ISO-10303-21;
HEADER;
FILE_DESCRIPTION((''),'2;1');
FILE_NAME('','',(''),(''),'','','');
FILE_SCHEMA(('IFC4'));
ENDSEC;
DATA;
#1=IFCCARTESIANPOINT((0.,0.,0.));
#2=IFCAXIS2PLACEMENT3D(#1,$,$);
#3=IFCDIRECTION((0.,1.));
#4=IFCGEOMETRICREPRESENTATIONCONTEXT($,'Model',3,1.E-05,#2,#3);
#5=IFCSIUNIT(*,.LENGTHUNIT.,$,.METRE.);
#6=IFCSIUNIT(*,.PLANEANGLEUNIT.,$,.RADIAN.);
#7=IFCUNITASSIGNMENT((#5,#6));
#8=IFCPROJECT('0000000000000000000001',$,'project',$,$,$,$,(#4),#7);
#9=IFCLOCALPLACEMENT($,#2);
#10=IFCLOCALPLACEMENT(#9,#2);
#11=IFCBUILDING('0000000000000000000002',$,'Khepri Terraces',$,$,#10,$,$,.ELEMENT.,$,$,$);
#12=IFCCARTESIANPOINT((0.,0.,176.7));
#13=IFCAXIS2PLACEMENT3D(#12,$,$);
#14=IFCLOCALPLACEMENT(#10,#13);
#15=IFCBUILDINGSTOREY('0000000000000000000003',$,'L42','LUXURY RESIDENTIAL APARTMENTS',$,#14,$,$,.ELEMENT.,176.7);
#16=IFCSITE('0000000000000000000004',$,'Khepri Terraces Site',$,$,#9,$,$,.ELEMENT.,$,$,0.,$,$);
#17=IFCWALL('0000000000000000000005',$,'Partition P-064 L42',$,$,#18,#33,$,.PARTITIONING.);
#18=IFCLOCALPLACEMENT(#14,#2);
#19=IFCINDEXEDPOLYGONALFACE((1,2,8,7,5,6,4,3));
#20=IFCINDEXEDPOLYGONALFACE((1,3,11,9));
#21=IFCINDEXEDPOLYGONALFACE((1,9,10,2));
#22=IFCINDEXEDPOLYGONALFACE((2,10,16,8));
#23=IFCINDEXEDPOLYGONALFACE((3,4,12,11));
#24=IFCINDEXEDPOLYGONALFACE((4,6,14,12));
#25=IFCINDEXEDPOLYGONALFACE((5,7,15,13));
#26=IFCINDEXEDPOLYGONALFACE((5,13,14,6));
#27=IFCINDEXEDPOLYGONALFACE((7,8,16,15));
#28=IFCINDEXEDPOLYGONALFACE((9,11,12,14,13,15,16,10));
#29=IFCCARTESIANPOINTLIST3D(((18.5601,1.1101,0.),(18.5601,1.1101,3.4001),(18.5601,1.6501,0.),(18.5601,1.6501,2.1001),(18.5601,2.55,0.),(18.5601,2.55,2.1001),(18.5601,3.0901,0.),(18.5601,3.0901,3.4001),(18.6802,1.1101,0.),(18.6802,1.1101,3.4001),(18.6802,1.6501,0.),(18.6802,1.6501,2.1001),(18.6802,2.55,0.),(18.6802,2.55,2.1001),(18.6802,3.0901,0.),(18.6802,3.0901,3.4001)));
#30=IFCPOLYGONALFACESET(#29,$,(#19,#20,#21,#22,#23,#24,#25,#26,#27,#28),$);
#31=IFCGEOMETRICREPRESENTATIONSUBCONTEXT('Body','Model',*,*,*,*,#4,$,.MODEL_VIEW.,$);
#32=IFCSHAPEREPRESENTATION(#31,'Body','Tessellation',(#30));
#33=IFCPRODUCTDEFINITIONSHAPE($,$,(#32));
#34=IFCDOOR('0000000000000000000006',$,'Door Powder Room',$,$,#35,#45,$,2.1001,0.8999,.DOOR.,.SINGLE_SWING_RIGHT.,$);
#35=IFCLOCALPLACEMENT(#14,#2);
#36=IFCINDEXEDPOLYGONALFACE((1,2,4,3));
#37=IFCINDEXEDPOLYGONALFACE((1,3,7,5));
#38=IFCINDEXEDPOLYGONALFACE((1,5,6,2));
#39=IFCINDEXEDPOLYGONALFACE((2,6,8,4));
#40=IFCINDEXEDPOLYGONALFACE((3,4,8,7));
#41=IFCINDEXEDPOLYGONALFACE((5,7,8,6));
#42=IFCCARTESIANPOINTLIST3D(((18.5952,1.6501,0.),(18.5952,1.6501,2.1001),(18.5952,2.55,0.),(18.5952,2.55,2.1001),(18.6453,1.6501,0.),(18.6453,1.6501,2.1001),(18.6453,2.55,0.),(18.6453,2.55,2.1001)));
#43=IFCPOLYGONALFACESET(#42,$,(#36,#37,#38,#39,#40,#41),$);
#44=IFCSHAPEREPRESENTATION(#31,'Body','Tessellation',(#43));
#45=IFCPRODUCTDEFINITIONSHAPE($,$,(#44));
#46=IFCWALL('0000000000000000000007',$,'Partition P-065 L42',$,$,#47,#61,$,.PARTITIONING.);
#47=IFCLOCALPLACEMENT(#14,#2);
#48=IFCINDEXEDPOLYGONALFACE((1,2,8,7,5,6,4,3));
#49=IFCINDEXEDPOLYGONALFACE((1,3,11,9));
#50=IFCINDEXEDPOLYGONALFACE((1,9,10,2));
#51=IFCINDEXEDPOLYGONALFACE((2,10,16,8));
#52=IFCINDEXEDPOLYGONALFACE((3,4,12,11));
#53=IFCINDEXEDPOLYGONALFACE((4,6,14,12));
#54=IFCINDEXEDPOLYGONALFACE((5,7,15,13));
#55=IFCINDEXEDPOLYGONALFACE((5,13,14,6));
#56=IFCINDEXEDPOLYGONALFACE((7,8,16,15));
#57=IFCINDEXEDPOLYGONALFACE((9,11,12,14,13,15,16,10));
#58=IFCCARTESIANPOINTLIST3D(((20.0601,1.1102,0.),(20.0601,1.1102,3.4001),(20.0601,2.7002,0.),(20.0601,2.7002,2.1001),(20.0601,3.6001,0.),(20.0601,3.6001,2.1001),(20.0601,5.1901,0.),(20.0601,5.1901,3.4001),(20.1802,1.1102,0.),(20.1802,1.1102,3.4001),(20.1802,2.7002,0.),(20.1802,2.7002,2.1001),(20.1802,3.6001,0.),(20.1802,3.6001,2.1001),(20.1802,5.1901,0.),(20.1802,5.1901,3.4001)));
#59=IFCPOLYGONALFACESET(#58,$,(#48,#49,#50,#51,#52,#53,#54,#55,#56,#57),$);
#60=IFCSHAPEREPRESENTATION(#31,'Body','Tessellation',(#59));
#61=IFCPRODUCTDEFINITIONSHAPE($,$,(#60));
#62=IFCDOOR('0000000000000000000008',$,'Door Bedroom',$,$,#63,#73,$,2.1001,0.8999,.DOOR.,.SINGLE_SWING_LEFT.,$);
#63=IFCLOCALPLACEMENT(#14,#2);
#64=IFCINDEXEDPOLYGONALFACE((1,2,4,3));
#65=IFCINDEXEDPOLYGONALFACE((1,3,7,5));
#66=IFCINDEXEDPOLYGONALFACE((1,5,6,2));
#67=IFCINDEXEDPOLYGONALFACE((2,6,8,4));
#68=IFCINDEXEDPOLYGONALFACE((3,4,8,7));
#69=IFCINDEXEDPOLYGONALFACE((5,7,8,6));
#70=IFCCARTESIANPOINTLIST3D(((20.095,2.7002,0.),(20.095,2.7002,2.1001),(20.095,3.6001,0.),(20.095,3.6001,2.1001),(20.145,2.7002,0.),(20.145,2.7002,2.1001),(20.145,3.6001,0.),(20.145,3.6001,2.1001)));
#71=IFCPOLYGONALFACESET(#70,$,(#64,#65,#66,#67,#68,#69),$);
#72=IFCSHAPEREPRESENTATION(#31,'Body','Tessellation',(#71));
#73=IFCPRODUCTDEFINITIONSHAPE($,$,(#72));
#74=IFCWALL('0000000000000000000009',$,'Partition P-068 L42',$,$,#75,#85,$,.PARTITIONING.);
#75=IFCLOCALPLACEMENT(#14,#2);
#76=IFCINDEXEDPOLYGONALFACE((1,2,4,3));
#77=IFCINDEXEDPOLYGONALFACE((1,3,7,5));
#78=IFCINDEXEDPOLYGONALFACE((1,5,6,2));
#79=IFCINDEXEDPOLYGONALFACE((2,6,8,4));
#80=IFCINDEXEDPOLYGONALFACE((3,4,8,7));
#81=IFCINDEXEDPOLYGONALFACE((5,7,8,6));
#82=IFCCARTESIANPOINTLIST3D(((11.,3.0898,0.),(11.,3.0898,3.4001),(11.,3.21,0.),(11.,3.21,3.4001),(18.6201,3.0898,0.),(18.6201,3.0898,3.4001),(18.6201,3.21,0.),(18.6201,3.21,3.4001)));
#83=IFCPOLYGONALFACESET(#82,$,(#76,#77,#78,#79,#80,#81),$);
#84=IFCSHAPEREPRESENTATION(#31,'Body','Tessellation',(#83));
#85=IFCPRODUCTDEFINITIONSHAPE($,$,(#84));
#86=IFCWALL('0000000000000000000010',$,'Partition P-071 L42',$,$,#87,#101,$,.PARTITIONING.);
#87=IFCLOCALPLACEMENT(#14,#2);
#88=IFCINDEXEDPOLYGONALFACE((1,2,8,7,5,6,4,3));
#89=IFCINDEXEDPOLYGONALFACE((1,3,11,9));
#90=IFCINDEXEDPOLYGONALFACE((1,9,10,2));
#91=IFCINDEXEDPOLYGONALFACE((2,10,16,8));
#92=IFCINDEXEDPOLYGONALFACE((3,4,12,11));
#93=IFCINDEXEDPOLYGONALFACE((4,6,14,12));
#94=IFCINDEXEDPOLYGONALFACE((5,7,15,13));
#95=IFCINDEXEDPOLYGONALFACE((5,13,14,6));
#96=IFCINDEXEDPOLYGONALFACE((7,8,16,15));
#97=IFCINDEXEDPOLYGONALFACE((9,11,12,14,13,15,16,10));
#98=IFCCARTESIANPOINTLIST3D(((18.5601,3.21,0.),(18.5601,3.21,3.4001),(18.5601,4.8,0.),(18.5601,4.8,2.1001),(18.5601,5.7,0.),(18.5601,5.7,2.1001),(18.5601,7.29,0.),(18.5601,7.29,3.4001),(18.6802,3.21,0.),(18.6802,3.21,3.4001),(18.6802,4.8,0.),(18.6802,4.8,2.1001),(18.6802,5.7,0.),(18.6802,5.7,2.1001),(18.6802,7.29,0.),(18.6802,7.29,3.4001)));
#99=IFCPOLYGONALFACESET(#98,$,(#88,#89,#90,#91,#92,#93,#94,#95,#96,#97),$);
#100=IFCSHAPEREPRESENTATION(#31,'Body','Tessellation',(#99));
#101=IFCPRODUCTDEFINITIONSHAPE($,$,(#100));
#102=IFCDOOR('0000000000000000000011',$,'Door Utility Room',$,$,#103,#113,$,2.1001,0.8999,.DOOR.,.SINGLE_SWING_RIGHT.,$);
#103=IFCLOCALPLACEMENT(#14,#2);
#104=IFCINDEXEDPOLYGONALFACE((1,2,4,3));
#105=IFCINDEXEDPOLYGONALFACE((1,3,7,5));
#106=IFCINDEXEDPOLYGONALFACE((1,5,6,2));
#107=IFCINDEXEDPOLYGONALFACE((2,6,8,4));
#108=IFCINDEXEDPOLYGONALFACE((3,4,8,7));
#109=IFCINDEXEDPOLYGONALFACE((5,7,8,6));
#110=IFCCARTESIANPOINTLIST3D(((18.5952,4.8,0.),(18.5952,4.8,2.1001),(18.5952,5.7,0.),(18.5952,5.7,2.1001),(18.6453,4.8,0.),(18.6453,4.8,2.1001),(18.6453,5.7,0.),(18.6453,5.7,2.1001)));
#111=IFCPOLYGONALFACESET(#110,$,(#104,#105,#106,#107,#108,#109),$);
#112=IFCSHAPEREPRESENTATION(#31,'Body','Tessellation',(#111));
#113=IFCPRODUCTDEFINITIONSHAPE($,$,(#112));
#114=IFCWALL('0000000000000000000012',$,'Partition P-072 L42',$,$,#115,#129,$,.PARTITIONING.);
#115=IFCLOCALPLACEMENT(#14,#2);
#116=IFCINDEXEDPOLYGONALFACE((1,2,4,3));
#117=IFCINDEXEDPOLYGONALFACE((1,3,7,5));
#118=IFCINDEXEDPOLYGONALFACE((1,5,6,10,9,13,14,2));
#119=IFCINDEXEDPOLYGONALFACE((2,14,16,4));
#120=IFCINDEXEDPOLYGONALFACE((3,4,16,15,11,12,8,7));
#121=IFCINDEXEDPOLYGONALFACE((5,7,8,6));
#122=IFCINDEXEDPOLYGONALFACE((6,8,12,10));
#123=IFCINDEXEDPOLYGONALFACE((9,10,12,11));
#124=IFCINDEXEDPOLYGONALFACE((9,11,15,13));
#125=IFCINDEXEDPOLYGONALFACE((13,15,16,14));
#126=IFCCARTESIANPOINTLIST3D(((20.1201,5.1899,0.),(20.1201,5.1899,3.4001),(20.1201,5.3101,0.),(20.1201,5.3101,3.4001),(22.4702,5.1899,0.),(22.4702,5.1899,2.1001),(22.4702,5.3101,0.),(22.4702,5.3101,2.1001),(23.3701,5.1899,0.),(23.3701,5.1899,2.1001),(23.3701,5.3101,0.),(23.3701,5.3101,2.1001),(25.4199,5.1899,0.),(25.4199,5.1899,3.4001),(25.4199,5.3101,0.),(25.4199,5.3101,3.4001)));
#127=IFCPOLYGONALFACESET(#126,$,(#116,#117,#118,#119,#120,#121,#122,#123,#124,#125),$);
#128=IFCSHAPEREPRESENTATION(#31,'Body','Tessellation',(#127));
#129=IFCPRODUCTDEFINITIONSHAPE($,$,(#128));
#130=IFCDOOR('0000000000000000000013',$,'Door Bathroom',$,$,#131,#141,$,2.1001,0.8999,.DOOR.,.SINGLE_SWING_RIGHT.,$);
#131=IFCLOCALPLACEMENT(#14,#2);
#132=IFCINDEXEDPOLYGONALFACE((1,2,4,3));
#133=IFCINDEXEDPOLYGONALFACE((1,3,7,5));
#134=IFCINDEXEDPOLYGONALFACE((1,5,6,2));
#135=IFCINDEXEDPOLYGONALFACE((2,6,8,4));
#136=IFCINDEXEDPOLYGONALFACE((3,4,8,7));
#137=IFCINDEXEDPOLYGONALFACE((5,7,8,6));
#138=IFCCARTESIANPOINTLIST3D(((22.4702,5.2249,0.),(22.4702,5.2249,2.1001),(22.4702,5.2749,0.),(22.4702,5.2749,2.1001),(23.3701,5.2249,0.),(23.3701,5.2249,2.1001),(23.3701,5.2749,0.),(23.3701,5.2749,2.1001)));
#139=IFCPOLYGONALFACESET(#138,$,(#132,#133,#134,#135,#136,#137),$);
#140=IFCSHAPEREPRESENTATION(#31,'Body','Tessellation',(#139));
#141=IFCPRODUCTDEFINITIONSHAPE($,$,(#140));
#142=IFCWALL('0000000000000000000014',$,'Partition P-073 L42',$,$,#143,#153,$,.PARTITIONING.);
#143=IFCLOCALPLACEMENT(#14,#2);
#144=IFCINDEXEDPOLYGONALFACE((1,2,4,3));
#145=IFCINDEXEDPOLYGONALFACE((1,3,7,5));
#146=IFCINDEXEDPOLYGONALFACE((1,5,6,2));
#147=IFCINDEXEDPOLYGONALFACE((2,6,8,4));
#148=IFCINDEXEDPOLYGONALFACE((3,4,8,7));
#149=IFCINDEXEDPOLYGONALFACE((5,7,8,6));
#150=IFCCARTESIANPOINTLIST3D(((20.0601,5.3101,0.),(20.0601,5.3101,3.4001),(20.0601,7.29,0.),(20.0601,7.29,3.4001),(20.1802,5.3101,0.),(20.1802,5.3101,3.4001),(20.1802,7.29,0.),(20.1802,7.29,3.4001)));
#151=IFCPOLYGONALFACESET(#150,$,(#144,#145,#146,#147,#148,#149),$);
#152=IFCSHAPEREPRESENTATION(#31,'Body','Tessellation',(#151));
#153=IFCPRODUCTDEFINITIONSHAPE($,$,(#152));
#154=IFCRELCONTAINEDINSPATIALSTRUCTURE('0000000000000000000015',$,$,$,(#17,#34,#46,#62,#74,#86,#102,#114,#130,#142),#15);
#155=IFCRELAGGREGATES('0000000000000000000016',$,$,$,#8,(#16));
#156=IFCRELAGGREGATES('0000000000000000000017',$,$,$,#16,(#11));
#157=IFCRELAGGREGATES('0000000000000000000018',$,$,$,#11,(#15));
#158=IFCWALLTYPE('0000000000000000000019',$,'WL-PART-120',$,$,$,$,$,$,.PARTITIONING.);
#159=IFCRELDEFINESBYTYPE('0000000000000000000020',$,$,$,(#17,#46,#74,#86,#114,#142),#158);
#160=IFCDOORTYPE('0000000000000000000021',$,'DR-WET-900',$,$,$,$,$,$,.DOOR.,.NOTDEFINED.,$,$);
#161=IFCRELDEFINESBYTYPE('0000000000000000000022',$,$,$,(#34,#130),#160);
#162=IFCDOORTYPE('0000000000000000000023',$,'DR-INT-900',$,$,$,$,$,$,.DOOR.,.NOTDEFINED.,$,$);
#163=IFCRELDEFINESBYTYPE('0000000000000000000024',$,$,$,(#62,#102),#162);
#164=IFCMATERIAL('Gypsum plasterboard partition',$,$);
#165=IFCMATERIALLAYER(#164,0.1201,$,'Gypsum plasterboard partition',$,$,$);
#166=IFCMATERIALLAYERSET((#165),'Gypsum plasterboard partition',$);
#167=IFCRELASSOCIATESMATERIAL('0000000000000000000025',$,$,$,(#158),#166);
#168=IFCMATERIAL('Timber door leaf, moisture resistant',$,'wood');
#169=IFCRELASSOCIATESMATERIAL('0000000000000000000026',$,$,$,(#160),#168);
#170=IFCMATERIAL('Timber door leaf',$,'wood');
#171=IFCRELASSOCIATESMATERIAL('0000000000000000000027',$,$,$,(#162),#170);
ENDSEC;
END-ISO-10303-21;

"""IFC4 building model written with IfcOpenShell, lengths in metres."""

from ifc_helpers import new_model, si_unit, direction, frame, frame_2d, origin, place, context, subcontext, project, spatial, rectangle, extrude, material, layer, layer_set, type_object, element, fill, save


model = new_model("IFC4")

# Units and contexts
model_context = context("Model", 3, precision=1e-05, world=origin(), true_north=direction((0.0, 1.0)))
body_context = subcontext(model_context, "Body", "Model", "MODEL_VIEW")
ifc_project = project(units=[si_unit("LENGTHUNIT", "METRE"), si_unit("PLANEANGLEUNIT", "RADIAN")], contexts=[model_context])

# Site, building, storey
site_placement = place(None, origin())
site = spatial("IfcSite", under=ifc_project, at=site_placement, Name="Khepri Terraces Site", CompositionType="ELEMENT", RefElevation=0.0)
building_placement = place(site_placement, origin())
building = spatial("IfcBuilding", under=site, at=building_placement, Name="Khepri Terraces", CompositionType="ELEMENT")
storey_placement = place(building_placement, frame((0.0, 0.0, 176.7)))
storey = spatial("IfcBuildingStorey", under=building, at=storey_placement, Name="L42", Description="LUXURY RESIDENTIAL APARTMENTS", CompositionType="ELEMENT", Elevation=176.7)

# Shared definitions
ifc_material_1 = material(Name="Gypsum plasterboard partition")
ifc_layer_1 = layer(ifc_material_1, 0.1201, Name="Gypsum plasterboard partition")
ifc_layer_set_1 = layer_set([ifc_layer_1], Name="Gypsum plasterboard partition")
wall_type_1 = type_object("IfcWallType", Name="WL-PART-120", PredefinedType="PARTITIONING", material=ifc_layer_set_1)

# Walls, openings, doors
wall_1_placement = place(storey_placement, frame((18.6201, 1.1101, 0.0), z_axis=(0.0, 0.0, 1.0), x_axis=(0.0, 1.0, 0.0)))
wall_1 = element("IfcWall", 1, at=wall_1_placement, inside=storey, type_object=wall_type_1, Name="Partition P-064 L42", PredefinedType="PARTITIONING", context=body_context, shape_type="SweptSolid", body=[
    extrude(rectangle(XDim=1.98, YDim=0.1201, at=frame_2d((0.99, 0.0))), origin(), (0.0, 0.0, 1.0), 3.4001),
])
opening_1_placement = place(wall_1_placement, frame((0.54, 0.0, 0.0)))
opening_1 = element("IfcOpeningElement", 2, at=opening_1_placement, cuts=wall_1, PredefinedType="OPENING", context=body_context, shape_type="SweptSolid", body=[
    extrude(rectangle(XDim=0.8999, YDim=2.1001, at=frame_2d((0.45, 1.05))), frame((0.0, 0.0701, 0.0), z_axis=(0.0, -1.0, 0.0), x_axis=(1.0, 0.0, 0.0)), (0.0, 0.0, 1.0), 0.1401),
])
ifc_material_2 = material(Name="Timber door leaf, moisture resistant", Category="wood")
door_type_1 = type_object("IfcDoorType", Name="DR-WET-900", OperationType="NOTDEFINED", PredefinedType="DOOR", material=ifc_material_2)
door_1_placement = place(opening_1_placement, origin())
door_1 = element("IfcDoor", 3, at=door_1_placement, inside=storey, type_object=door_type_1, Name="Door Powder Room", OperationType="SINGLE_SWING_RIGHT", OverallHeight=2.1001, OverallWidth=0.8999, PredefinedType="DOOR", context=body_context, shape_type="SweptSolid", body=[
    extrude(rectangle(XDim=0.8999, YDim=2.1001, at=frame_2d((0.45, 1.05))), frame((0.0, 0.0249, 0.0), z_axis=(0.0, -1.0, 0.0), x_axis=(1.0, 0.0, 0.0)), (0.0, 0.0, 1.0), 0.05),
])
fill(opening_1, door_1)
wall_2_placement = place(storey_placement, frame((20.1201, 1.1101, 0.0), z_axis=(0.0, 0.0, 1.0), x_axis=(0.0, 1.0, 0.0)))
wall_2 = element("IfcWall", 4, at=wall_2_placement, inside=storey, type_object=wall_type_1, Name="Partition P-065 L42", PredefinedType="PARTITIONING", context=body_context, shape_type="SweptSolid", body=[
    extrude(rectangle(XDim=4.0798, YDim=0.1201, at=frame_2d((2.04, 0.0))), origin(), (0.0, 0.0, 1.0), 3.4001),
])
opening_2_placement = place(wall_2_placement, frame((1.5901, 0.0, 0.0)))
opening_2 = element("IfcOpeningElement", 5, at=opening_2_placement, cuts=wall_2, PredefinedType="OPENING", context=body_context, shape_type="SweptSolid", body=[
    extrude(rectangle(XDim=0.8999, YDim=2.1001, at=frame_2d((0.45, 1.05))), frame((0.0, 0.0701, 0.0), z_axis=(0.0, -1.0, 0.0), x_axis=(1.0, 0.0, 0.0)), (0.0, 0.0, 1.0), 0.1401),
])
ifc_material_3 = material(Name="Timber door leaf", Category="wood")
door_type_2 = type_object("IfcDoorType", Name="DR-INT-900", OperationType="NOTDEFINED", PredefinedType="DOOR", material=ifc_material_3)
door_2_placement = place(opening_2_placement, frame((0.8999, 0.0, 0.0), z_axis=(0.0, 0.0, 1.0), x_axis=(-1.0, 0.0, 0.0)))
door_2 = element("IfcDoor", 6, at=door_2_placement, inside=storey, type_object=door_type_2, Name="Door Bedroom", OperationType="SINGLE_SWING_LEFT", OverallHeight=2.1001, OverallWidth=0.8999, PredefinedType="DOOR", context=body_context, shape_type="SweptSolid", body=[
    extrude(rectangle(XDim=0.8999, YDim=2.1001, at=frame_2d((0.45, 1.05))), frame((0.0, 0.0249, 0.0), z_axis=(0.0, -1.0, 0.0), x_axis=(1.0, 0.0, 0.0)), (0.0, 0.0, 1.0), 0.05),
])
fill(opening_2, door_2)

# Wall
wall_3_placement = place(storey_placement, frame((11.0, 3.1499, 0.0), z_axis=(0.0, 0.0, 1.0), x_axis=(1.0, 0.0, 0.0)))
element("IfcWall", 7, at=wall_3_placement, inside=storey, type_object=wall_type_1, Name="Partition P-068 L42", PredefinedType="PARTITIONING", context=body_context, shape_type="SweptSolid", body=[
    extrude(rectangle(XDim=7.6201, YDim=0.1201, at=frame_2d((3.8101, 0.0))), origin(), (0.0, 0.0, 1.0), 3.4001),
])

# Walls, openings, doors
wall_4_placement = place(storey_placement, frame((18.6201, 3.21, 0.0), z_axis=(0.0, 0.0, 1.0), x_axis=(0.0, 1.0, 0.0)))
wall_4 = element("IfcWall", 8, at=wall_4_placement, inside=storey, type_object=wall_type_1, Name="Partition P-071 L42", PredefinedType="PARTITIONING", context=body_context, shape_type="SweptSolid", body=[
    extrude(rectangle(XDim=4.0801, YDim=0.1201, at=frame_2d((2.04, 0.0))), origin(), (0.0, 0.0, 1.0), 3.4001),
])
opening_3_placement = place(wall_4_placement, frame((1.5901, 0.0, 0.0)))
opening_3 = element("IfcOpeningElement", 9, at=opening_3_placement, cuts=wall_4, PredefinedType="OPENING", context=body_context, shape_type="SweptSolid", body=[
    extrude(rectangle(XDim=0.8999, YDim=2.1001, at=frame_2d((0.45, 1.05))), frame((0.0, 0.0701, 0.0), z_axis=(0.0, -1.0, 0.0), x_axis=(1.0, 0.0, 0.0)), (0.0, 0.0, 1.0), 0.1401),
])
door_3_placement = place(opening_3_placement, origin())
door_3 = element("IfcDoor", 10, at=door_3_placement, inside=storey, type_object=door_type_2, Name="Door Utility Room", OperationType="SINGLE_SWING_RIGHT", OverallHeight=2.1001, OverallWidth=0.8999, PredefinedType="DOOR", context=body_context, shape_type="SweptSolid", body=[
    extrude(rectangle(XDim=0.8999, YDim=2.1001, at=frame_2d((0.45, 1.05))), frame((0.0, 0.0249, 0.0), z_axis=(0.0, -1.0, 0.0), x_axis=(1.0, 0.0, 0.0)), (0.0, 0.0, 1.0), 0.05),
])
fill(opening_3, door_3)
wall_5_placement = place(storey_placement, frame((20.1201, 5.25, 0.0), z_axis=(0.0, 0.0, 1.0), x_axis=(1.0, 0.0, 0.0)))
wall_5 = element("IfcWall", 11, at=wall_5_placement, inside=storey, type_object=wall_type_1, Name="Partition P-072 L42", PredefinedType="PARTITIONING", context=body_context, shape_type="SweptSolid", body=[
    extrude(rectangle(XDim=5.2998, YDim=0.1201, at=frame_2d((2.6499, 0.0))), origin(), (0.0, 0.0, 1.0), 3.4001),
])
opening_4_placement = place(wall_5_placement, frame((2.3501, 0.0, 0.0)))
opening_4 = element("IfcOpeningElement", 12, at=opening_4_placement, cuts=wall_5, PredefinedType="OPENING", context=body_context, shape_type="SweptSolid", body=[
    extrude(rectangle(XDim=0.8999, YDim=2.1001, at=frame_2d((0.45, 1.05))), frame((0.0, 0.0701, 0.0), z_axis=(0.0, -1.0, 0.0), x_axis=(1.0, 0.0, 0.0)), (0.0, 0.0, 1.0), 0.1401),
])
door_4_placement = place(opening_4_placement, origin())
door_4 = element("IfcDoor", 13, at=door_4_placement, inside=storey, type_object=door_type_1, Name="Door Bathroom", OperationType="SINGLE_SWING_RIGHT", OverallHeight=2.1001, OverallWidth=0.8999, PredefinedType="DOOR", context=body_context, shape_type="SweptSolid", body=[
    extrude(rectangle(XDim=0.8999, YDim=2.1001, at=frame_2d((0.45, 1.05))), frame((0.0, 0.0249, 0.0), z_axis=(0.0, -1.0, 0.0), x_axis=(1.0, 0.0, 0.0)), (0.0, 0.0, 1.0), 0.05),
])
fill(opening_4, door_4)

# Wall
wall_6_placement = place(storey_placement, frame((20.1201, 5.3101, 0.0), z_axis=(0.0, 0.0, 1.0), x_axis=(0.0, 1.0, 0.0)))
element("IfcWall", 14, at=wall_6_placement, inside=storey, type_object=wall_type_1, Name="Partition P-073 L42", PredefinedType="PARTITIONING", context=body_context, shape_type="SweptSolid", body=[
    extrude(rectangle(XDim=1.98, YDim=0.1201, at=frame_2d((0.99, 0.0))), origin(), (0.0, 0.0, 1.0), 3.4001),
])

save(model, "model.ifc")
